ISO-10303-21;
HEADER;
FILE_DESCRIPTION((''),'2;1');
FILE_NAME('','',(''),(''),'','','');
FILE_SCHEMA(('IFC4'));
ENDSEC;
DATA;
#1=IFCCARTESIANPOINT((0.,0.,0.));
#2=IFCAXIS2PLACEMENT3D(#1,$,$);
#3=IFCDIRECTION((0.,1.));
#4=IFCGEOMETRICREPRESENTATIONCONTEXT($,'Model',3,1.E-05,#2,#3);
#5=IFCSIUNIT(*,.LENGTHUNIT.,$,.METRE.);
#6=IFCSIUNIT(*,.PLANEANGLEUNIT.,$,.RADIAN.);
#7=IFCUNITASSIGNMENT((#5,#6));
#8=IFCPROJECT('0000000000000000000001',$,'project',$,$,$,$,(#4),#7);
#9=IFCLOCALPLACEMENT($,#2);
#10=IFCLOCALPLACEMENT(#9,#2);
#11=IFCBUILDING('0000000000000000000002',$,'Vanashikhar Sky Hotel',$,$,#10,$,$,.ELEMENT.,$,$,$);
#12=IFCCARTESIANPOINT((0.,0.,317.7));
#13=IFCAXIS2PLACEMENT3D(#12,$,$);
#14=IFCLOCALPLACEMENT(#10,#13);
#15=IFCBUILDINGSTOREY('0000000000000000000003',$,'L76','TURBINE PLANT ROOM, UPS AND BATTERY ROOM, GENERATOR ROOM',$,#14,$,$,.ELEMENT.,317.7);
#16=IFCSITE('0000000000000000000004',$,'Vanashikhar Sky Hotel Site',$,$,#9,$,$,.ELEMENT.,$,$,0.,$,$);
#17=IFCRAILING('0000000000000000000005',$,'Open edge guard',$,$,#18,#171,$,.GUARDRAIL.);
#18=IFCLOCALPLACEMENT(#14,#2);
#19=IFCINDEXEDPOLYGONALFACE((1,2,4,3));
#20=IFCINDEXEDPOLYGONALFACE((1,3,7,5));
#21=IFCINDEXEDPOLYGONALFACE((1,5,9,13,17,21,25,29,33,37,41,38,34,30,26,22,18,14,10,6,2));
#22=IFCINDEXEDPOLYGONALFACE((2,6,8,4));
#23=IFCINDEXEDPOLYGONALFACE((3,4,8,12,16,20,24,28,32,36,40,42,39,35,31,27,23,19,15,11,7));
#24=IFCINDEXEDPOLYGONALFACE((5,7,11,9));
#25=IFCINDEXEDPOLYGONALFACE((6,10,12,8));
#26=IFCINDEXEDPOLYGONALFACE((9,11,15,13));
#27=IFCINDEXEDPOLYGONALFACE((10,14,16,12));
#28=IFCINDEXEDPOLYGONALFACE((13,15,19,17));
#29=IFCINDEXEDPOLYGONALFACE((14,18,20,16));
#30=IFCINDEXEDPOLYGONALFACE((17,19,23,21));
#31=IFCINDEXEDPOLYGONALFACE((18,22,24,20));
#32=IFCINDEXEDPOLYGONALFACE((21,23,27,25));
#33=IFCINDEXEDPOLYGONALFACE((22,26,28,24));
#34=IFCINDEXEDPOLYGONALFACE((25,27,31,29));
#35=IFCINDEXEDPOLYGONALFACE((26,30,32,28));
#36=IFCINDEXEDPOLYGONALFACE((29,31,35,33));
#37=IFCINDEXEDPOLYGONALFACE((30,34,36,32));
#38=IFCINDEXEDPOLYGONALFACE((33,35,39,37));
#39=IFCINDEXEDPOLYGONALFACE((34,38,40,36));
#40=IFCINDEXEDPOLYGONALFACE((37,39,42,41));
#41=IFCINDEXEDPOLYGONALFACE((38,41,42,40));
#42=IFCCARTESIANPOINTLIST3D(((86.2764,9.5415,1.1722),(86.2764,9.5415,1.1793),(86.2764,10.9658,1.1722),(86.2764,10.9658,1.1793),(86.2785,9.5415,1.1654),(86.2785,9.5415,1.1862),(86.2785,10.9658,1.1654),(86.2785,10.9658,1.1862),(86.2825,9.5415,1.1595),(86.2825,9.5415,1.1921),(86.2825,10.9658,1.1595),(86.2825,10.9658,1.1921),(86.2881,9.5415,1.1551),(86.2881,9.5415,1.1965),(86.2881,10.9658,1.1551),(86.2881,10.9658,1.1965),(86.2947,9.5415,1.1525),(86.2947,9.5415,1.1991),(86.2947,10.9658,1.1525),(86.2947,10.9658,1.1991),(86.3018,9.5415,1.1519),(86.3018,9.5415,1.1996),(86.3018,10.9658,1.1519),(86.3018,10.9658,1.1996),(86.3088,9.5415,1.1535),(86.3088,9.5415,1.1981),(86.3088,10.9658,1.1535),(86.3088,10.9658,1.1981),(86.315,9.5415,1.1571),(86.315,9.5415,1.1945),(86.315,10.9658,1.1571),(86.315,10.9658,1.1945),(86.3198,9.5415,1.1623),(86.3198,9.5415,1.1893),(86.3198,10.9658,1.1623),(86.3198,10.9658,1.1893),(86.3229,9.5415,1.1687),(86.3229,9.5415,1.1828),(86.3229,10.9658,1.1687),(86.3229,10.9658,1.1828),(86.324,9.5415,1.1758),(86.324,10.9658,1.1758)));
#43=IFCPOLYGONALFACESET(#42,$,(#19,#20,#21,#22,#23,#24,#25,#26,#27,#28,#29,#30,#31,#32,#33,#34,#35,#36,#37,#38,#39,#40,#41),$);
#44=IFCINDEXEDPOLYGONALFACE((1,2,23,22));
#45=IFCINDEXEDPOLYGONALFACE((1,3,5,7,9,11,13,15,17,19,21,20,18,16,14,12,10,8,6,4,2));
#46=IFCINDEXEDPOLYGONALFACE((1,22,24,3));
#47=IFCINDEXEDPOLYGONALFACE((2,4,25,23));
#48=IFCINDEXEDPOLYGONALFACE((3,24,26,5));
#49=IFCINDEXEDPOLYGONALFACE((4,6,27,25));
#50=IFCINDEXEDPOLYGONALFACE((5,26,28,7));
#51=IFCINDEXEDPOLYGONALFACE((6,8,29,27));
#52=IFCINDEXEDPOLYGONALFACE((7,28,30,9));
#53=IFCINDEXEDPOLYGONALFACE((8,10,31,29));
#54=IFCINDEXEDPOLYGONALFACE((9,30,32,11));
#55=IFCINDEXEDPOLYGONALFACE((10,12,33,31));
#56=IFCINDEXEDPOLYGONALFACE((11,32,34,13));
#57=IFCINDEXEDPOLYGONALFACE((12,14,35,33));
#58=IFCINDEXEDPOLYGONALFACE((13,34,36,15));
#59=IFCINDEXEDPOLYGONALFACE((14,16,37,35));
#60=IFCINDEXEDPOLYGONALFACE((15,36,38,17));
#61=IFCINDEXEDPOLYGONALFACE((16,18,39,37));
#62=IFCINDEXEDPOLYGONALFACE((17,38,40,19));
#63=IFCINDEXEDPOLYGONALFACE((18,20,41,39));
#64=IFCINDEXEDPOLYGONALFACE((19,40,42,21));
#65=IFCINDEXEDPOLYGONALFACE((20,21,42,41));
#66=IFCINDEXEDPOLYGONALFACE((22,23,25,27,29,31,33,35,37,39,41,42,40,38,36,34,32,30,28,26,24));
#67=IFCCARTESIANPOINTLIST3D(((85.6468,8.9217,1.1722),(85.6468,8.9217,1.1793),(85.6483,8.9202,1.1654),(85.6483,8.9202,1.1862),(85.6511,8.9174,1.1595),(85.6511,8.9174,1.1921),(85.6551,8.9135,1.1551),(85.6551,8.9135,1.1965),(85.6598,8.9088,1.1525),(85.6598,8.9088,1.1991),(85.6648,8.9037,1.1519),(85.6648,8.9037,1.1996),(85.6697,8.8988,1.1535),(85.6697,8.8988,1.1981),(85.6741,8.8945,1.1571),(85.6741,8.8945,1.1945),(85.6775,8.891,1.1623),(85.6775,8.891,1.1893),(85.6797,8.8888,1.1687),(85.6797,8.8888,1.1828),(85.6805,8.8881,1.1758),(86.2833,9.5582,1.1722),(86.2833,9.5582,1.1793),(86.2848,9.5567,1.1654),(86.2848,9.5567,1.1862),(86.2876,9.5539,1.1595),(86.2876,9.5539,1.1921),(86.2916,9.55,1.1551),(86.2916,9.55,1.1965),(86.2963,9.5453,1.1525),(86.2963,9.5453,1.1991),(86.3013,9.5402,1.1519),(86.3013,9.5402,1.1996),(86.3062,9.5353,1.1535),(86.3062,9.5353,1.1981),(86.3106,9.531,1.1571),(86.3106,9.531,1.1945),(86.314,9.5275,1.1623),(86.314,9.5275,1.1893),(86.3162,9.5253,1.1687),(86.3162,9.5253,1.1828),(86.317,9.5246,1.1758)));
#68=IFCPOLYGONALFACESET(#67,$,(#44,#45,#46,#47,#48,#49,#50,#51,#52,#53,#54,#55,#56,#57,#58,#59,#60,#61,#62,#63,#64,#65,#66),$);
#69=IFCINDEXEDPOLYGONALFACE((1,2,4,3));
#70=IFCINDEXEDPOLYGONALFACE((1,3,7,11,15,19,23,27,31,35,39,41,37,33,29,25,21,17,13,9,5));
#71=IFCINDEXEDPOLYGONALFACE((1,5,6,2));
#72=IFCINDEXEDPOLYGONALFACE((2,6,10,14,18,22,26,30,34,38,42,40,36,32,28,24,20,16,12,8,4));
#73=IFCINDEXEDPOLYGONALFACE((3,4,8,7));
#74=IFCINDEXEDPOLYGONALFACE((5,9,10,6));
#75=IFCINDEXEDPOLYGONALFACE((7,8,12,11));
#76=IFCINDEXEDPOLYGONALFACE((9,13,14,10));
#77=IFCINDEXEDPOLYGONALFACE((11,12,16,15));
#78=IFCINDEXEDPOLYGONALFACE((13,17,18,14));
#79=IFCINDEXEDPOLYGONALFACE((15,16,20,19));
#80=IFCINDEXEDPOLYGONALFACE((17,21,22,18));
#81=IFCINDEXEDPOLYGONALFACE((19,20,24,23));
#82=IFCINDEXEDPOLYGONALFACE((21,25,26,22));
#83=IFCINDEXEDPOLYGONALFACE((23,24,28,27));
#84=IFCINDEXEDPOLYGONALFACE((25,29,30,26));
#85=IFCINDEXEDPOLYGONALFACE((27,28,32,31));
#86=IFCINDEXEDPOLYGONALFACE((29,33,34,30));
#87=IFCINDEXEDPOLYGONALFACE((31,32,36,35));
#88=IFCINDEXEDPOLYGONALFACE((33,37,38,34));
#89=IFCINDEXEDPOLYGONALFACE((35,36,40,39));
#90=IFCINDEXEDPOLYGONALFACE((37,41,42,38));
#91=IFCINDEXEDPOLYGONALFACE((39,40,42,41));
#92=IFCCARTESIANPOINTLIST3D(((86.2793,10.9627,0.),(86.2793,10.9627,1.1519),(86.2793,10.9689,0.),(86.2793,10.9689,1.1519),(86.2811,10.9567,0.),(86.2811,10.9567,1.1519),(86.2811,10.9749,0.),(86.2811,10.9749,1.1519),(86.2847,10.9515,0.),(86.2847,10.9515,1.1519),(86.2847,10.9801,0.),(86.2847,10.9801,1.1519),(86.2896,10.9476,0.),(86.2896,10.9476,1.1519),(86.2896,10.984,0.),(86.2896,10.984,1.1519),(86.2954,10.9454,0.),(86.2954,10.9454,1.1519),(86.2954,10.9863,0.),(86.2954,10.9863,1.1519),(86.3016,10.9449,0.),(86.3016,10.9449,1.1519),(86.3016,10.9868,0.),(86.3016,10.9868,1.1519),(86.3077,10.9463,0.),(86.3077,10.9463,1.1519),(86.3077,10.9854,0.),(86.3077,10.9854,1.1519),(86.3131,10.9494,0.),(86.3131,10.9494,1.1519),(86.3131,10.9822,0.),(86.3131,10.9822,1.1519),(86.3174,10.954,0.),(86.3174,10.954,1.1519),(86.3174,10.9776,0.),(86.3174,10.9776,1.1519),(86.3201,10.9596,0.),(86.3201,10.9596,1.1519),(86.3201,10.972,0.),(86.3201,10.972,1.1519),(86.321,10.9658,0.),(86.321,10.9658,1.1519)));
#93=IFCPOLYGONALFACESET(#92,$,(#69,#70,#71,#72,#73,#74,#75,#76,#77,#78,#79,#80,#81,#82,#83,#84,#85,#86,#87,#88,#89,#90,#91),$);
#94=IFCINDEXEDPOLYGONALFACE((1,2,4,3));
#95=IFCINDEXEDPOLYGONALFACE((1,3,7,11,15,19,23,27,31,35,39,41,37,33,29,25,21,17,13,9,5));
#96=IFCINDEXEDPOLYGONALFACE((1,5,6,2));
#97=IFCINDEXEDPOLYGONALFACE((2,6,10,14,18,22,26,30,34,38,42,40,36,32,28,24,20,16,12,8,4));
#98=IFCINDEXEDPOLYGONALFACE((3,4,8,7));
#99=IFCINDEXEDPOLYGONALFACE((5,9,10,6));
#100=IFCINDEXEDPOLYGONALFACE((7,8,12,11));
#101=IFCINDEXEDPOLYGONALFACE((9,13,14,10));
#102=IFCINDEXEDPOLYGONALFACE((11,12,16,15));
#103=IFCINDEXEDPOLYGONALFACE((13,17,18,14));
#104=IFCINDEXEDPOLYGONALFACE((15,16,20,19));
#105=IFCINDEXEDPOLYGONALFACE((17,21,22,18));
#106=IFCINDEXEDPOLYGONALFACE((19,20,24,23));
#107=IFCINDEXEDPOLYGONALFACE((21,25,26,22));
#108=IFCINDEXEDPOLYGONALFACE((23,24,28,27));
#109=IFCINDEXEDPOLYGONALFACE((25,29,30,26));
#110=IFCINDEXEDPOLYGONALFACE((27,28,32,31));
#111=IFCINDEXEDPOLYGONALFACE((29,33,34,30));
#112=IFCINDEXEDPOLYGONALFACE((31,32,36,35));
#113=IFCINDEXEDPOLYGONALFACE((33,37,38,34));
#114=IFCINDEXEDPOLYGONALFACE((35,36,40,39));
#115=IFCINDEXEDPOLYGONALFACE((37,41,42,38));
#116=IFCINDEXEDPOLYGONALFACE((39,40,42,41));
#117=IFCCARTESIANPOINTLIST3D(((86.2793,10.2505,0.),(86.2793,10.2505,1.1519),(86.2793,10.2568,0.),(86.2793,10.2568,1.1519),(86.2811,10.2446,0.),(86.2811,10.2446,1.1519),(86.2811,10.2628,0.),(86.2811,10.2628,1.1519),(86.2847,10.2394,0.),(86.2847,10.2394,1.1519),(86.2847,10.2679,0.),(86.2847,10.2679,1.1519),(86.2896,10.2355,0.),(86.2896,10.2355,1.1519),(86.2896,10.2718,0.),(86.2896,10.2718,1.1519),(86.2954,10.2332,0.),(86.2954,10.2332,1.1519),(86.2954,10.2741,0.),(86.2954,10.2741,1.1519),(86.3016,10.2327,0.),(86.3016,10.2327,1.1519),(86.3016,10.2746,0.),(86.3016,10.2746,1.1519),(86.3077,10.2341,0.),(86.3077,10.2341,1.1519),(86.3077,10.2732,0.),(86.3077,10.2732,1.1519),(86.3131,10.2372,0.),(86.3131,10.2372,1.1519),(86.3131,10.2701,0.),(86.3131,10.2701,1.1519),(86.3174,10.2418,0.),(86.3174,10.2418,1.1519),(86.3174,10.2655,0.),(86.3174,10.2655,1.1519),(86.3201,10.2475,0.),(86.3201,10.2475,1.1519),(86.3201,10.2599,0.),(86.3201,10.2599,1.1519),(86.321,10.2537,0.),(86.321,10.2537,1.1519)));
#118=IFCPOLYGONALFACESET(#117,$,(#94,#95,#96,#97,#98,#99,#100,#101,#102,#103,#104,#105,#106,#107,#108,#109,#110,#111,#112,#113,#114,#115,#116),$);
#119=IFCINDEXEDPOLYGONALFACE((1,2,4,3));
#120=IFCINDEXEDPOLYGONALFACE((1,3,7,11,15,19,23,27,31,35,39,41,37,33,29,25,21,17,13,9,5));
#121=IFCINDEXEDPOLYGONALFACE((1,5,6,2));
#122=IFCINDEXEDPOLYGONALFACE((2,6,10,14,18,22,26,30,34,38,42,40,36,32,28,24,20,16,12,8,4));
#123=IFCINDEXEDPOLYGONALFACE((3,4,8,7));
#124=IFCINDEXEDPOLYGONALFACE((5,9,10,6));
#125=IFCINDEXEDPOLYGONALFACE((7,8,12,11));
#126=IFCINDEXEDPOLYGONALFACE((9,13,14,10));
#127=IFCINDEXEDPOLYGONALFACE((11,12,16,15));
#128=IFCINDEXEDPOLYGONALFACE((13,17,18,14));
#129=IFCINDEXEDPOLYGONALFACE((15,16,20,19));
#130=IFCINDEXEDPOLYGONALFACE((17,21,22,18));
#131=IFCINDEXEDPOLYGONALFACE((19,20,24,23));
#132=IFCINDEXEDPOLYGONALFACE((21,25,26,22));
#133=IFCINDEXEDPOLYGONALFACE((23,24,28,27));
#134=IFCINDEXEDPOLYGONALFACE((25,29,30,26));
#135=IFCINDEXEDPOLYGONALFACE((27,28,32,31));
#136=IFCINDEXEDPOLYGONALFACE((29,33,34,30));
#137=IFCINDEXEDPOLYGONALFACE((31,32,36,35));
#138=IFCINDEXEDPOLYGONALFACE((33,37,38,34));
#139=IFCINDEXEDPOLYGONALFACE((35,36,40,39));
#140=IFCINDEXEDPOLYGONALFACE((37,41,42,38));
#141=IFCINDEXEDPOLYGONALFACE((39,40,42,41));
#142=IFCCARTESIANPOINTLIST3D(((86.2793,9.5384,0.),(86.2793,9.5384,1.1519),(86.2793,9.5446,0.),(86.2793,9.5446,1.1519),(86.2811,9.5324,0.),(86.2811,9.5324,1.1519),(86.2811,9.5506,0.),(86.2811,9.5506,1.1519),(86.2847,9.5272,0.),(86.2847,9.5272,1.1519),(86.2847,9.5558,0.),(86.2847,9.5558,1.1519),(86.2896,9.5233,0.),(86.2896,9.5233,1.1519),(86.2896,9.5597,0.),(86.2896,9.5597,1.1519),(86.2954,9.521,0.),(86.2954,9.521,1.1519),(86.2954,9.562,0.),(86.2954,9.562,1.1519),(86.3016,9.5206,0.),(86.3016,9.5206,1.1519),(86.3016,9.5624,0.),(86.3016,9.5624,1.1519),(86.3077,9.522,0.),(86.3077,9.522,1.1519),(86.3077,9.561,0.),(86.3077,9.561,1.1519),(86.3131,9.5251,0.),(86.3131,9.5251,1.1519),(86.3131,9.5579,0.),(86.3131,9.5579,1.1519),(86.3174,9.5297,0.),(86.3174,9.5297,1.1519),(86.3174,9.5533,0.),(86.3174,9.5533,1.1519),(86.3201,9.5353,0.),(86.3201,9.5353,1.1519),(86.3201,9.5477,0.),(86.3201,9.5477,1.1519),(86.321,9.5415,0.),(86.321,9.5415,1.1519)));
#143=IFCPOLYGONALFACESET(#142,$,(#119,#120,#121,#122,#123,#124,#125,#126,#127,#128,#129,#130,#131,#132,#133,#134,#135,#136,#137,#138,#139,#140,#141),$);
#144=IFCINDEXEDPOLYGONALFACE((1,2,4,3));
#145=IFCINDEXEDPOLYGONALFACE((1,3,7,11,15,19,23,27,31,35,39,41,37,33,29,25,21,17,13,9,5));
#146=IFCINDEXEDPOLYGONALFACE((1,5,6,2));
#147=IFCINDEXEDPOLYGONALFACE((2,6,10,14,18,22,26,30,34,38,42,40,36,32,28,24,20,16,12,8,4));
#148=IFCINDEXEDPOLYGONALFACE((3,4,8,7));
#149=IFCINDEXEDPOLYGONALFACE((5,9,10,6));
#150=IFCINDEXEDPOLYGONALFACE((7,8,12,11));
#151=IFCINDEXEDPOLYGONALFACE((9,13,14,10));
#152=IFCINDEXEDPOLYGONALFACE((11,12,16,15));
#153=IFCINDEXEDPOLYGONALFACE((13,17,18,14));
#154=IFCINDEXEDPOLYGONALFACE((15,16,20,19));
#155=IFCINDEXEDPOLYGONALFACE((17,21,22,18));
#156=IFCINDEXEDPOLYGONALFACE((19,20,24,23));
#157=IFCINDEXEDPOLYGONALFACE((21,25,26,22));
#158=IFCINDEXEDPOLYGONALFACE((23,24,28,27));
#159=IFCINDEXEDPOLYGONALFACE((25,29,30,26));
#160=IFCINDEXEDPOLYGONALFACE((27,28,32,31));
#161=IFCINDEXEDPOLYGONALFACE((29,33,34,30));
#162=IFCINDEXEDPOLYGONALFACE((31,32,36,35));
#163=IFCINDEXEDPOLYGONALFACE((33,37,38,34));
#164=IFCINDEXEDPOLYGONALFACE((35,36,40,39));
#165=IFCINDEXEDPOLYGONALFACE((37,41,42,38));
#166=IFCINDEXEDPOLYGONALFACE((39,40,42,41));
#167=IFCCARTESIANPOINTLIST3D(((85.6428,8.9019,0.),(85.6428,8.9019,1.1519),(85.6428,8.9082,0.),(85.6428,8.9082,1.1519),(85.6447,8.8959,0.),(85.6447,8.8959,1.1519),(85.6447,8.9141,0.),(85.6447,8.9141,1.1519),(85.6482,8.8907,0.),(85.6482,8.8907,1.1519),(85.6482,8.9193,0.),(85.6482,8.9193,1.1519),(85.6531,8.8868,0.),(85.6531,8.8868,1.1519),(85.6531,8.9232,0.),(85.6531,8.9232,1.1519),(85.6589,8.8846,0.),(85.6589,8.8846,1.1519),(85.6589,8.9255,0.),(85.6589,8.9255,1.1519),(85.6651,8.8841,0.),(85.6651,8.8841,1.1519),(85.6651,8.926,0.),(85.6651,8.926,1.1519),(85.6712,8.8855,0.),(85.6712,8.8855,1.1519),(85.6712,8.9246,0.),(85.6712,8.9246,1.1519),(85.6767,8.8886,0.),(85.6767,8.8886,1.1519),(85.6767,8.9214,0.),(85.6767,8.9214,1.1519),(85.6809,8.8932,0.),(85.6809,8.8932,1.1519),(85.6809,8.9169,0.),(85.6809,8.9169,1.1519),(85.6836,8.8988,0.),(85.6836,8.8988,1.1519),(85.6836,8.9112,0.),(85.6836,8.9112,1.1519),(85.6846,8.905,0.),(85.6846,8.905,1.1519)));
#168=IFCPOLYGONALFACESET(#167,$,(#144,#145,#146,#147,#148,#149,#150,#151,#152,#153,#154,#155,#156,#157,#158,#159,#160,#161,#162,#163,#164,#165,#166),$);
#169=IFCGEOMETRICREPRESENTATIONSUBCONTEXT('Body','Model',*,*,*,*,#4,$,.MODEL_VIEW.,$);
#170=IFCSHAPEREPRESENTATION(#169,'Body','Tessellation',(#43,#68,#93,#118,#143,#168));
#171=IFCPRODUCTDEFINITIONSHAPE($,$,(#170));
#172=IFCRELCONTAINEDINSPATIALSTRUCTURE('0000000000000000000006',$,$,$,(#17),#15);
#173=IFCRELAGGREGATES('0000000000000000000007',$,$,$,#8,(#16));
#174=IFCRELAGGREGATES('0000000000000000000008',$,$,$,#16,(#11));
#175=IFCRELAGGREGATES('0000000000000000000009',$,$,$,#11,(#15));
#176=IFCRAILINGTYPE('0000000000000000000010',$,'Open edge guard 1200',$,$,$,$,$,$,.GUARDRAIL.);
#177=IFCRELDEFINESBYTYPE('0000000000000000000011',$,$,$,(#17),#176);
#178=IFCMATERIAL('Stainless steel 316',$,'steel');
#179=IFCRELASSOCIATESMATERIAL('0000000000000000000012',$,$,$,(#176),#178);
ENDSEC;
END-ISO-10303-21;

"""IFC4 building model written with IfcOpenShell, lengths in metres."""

from ifc_helpers import new_model, si_unit, direction, frame, origin, origin_2d, place, context, subcontext, project, spatial, circle, extrude, source, transform, mapped, material, type_object, element, save


model = new_model("IFC4")

# Units and contexts
model_context = context("Model", 3, precision=1e-05, world=origin(), true_north=direction((0.0, 1.0)))
body_context = subcontext(model_context, "Body", "Model", "MODEL_VIEW")
ifc_project = project(units=[si_unit("LENGTHUNIT", "METRE"), si_unit("PLANEANGLEUNIT", "RADIAN")], contexts=[model_context])

# Site, building, storey
site_placement = place(None, origin())
site = spatial("IfcSite", under=ifc_project, at=site_placement, Name="Vanashikhar Sky Hotel Site", CompositionType="ELEMENT", RefElevation=0.0)
building_placement = place(site_placement, origin())
building = spatial("IfcBuilding", under=site, at=building_placement, Name="Vanashikhar Sky Hotel", CompositionType="ELEMENT")
storey_placement = place(building_placement, frame((0.0, 0.0, 317.7)))
storey = spatial("IfcBuildingStorey", under=building, at=storey_placement, Name="L76", Description="TURBINE PLANT ROOM, UPS AND BATTERY ROOM, GENERATOR ROOM", CompositionType="ELEMENT", Elevation=317.7)

# Railing
ifc_material_1 = material(Name="Stainless steel 316", Category="steel")
railing_type_1 = type_object("IfcRailingType", Name="Open edge guard 1200", PredefinedType="GUARDRAIL", material=ifc_material_1)
shared_shape_1 = source(origin(), body_context, "Body", "SweptSolid", [
    extrude(circle(Radius=0.0239, at=origin_2d()), frame((0.0, 0.0, 1.1758), z_axis=(0.0, -1.0, 0.0), x_axis=(1.0, 0.0, 0.0)), (0.0, 0.0, 1.0), 1.4243),
    extrude(circle(Radius=0.0239, at=origin_2d()), frame((0.0, -1.4243, 1.1758), z_axis=(-0.707107, -0.707107, 0.0), x_axis=(0.707107, -0.707107, 0.0)), (0.0, 0.0, 1.0), 0.9001),
    extrude(circle(Radius=0.021, at=origin_2d()), origin(), (0.0, 0.0, 1.0), 1.1519),
    extrude(circle(Radius=0.021, at=origin_2d()), frame((0.0, -0.7122, 0.0)), (0.0, 0.0, 1.0), 1.1519),
    extrude(circle(Radius=0.021, at=origin_2d()), frame((0.0, -1.4243, 0.0)), (0.0, 0.0, 1.0), 1.1519),
    extrude(circle(Radius=0.021, at=origin_2d()), frame((-0.6365, -2.0608, 0.0)), (0.0, 0.0, 1.0), 1.1519),
])
railing_1_placement = place(storey_placement, frame((86.3, 10.9658, 0.0)))
element("IfcRailing", 1, at=railing_1_placement, inside=storey, type_object=railing_type_1, Name="Open edge guard", PredefinedType="GUARDRAIL", context=body_context, shape_type="MappedRepresentation", body=[
    mapped(shared_shape_1, transform((0.0, 0.0, 0.0), scale=1.0)),
])

save(model, "model.ifc")
